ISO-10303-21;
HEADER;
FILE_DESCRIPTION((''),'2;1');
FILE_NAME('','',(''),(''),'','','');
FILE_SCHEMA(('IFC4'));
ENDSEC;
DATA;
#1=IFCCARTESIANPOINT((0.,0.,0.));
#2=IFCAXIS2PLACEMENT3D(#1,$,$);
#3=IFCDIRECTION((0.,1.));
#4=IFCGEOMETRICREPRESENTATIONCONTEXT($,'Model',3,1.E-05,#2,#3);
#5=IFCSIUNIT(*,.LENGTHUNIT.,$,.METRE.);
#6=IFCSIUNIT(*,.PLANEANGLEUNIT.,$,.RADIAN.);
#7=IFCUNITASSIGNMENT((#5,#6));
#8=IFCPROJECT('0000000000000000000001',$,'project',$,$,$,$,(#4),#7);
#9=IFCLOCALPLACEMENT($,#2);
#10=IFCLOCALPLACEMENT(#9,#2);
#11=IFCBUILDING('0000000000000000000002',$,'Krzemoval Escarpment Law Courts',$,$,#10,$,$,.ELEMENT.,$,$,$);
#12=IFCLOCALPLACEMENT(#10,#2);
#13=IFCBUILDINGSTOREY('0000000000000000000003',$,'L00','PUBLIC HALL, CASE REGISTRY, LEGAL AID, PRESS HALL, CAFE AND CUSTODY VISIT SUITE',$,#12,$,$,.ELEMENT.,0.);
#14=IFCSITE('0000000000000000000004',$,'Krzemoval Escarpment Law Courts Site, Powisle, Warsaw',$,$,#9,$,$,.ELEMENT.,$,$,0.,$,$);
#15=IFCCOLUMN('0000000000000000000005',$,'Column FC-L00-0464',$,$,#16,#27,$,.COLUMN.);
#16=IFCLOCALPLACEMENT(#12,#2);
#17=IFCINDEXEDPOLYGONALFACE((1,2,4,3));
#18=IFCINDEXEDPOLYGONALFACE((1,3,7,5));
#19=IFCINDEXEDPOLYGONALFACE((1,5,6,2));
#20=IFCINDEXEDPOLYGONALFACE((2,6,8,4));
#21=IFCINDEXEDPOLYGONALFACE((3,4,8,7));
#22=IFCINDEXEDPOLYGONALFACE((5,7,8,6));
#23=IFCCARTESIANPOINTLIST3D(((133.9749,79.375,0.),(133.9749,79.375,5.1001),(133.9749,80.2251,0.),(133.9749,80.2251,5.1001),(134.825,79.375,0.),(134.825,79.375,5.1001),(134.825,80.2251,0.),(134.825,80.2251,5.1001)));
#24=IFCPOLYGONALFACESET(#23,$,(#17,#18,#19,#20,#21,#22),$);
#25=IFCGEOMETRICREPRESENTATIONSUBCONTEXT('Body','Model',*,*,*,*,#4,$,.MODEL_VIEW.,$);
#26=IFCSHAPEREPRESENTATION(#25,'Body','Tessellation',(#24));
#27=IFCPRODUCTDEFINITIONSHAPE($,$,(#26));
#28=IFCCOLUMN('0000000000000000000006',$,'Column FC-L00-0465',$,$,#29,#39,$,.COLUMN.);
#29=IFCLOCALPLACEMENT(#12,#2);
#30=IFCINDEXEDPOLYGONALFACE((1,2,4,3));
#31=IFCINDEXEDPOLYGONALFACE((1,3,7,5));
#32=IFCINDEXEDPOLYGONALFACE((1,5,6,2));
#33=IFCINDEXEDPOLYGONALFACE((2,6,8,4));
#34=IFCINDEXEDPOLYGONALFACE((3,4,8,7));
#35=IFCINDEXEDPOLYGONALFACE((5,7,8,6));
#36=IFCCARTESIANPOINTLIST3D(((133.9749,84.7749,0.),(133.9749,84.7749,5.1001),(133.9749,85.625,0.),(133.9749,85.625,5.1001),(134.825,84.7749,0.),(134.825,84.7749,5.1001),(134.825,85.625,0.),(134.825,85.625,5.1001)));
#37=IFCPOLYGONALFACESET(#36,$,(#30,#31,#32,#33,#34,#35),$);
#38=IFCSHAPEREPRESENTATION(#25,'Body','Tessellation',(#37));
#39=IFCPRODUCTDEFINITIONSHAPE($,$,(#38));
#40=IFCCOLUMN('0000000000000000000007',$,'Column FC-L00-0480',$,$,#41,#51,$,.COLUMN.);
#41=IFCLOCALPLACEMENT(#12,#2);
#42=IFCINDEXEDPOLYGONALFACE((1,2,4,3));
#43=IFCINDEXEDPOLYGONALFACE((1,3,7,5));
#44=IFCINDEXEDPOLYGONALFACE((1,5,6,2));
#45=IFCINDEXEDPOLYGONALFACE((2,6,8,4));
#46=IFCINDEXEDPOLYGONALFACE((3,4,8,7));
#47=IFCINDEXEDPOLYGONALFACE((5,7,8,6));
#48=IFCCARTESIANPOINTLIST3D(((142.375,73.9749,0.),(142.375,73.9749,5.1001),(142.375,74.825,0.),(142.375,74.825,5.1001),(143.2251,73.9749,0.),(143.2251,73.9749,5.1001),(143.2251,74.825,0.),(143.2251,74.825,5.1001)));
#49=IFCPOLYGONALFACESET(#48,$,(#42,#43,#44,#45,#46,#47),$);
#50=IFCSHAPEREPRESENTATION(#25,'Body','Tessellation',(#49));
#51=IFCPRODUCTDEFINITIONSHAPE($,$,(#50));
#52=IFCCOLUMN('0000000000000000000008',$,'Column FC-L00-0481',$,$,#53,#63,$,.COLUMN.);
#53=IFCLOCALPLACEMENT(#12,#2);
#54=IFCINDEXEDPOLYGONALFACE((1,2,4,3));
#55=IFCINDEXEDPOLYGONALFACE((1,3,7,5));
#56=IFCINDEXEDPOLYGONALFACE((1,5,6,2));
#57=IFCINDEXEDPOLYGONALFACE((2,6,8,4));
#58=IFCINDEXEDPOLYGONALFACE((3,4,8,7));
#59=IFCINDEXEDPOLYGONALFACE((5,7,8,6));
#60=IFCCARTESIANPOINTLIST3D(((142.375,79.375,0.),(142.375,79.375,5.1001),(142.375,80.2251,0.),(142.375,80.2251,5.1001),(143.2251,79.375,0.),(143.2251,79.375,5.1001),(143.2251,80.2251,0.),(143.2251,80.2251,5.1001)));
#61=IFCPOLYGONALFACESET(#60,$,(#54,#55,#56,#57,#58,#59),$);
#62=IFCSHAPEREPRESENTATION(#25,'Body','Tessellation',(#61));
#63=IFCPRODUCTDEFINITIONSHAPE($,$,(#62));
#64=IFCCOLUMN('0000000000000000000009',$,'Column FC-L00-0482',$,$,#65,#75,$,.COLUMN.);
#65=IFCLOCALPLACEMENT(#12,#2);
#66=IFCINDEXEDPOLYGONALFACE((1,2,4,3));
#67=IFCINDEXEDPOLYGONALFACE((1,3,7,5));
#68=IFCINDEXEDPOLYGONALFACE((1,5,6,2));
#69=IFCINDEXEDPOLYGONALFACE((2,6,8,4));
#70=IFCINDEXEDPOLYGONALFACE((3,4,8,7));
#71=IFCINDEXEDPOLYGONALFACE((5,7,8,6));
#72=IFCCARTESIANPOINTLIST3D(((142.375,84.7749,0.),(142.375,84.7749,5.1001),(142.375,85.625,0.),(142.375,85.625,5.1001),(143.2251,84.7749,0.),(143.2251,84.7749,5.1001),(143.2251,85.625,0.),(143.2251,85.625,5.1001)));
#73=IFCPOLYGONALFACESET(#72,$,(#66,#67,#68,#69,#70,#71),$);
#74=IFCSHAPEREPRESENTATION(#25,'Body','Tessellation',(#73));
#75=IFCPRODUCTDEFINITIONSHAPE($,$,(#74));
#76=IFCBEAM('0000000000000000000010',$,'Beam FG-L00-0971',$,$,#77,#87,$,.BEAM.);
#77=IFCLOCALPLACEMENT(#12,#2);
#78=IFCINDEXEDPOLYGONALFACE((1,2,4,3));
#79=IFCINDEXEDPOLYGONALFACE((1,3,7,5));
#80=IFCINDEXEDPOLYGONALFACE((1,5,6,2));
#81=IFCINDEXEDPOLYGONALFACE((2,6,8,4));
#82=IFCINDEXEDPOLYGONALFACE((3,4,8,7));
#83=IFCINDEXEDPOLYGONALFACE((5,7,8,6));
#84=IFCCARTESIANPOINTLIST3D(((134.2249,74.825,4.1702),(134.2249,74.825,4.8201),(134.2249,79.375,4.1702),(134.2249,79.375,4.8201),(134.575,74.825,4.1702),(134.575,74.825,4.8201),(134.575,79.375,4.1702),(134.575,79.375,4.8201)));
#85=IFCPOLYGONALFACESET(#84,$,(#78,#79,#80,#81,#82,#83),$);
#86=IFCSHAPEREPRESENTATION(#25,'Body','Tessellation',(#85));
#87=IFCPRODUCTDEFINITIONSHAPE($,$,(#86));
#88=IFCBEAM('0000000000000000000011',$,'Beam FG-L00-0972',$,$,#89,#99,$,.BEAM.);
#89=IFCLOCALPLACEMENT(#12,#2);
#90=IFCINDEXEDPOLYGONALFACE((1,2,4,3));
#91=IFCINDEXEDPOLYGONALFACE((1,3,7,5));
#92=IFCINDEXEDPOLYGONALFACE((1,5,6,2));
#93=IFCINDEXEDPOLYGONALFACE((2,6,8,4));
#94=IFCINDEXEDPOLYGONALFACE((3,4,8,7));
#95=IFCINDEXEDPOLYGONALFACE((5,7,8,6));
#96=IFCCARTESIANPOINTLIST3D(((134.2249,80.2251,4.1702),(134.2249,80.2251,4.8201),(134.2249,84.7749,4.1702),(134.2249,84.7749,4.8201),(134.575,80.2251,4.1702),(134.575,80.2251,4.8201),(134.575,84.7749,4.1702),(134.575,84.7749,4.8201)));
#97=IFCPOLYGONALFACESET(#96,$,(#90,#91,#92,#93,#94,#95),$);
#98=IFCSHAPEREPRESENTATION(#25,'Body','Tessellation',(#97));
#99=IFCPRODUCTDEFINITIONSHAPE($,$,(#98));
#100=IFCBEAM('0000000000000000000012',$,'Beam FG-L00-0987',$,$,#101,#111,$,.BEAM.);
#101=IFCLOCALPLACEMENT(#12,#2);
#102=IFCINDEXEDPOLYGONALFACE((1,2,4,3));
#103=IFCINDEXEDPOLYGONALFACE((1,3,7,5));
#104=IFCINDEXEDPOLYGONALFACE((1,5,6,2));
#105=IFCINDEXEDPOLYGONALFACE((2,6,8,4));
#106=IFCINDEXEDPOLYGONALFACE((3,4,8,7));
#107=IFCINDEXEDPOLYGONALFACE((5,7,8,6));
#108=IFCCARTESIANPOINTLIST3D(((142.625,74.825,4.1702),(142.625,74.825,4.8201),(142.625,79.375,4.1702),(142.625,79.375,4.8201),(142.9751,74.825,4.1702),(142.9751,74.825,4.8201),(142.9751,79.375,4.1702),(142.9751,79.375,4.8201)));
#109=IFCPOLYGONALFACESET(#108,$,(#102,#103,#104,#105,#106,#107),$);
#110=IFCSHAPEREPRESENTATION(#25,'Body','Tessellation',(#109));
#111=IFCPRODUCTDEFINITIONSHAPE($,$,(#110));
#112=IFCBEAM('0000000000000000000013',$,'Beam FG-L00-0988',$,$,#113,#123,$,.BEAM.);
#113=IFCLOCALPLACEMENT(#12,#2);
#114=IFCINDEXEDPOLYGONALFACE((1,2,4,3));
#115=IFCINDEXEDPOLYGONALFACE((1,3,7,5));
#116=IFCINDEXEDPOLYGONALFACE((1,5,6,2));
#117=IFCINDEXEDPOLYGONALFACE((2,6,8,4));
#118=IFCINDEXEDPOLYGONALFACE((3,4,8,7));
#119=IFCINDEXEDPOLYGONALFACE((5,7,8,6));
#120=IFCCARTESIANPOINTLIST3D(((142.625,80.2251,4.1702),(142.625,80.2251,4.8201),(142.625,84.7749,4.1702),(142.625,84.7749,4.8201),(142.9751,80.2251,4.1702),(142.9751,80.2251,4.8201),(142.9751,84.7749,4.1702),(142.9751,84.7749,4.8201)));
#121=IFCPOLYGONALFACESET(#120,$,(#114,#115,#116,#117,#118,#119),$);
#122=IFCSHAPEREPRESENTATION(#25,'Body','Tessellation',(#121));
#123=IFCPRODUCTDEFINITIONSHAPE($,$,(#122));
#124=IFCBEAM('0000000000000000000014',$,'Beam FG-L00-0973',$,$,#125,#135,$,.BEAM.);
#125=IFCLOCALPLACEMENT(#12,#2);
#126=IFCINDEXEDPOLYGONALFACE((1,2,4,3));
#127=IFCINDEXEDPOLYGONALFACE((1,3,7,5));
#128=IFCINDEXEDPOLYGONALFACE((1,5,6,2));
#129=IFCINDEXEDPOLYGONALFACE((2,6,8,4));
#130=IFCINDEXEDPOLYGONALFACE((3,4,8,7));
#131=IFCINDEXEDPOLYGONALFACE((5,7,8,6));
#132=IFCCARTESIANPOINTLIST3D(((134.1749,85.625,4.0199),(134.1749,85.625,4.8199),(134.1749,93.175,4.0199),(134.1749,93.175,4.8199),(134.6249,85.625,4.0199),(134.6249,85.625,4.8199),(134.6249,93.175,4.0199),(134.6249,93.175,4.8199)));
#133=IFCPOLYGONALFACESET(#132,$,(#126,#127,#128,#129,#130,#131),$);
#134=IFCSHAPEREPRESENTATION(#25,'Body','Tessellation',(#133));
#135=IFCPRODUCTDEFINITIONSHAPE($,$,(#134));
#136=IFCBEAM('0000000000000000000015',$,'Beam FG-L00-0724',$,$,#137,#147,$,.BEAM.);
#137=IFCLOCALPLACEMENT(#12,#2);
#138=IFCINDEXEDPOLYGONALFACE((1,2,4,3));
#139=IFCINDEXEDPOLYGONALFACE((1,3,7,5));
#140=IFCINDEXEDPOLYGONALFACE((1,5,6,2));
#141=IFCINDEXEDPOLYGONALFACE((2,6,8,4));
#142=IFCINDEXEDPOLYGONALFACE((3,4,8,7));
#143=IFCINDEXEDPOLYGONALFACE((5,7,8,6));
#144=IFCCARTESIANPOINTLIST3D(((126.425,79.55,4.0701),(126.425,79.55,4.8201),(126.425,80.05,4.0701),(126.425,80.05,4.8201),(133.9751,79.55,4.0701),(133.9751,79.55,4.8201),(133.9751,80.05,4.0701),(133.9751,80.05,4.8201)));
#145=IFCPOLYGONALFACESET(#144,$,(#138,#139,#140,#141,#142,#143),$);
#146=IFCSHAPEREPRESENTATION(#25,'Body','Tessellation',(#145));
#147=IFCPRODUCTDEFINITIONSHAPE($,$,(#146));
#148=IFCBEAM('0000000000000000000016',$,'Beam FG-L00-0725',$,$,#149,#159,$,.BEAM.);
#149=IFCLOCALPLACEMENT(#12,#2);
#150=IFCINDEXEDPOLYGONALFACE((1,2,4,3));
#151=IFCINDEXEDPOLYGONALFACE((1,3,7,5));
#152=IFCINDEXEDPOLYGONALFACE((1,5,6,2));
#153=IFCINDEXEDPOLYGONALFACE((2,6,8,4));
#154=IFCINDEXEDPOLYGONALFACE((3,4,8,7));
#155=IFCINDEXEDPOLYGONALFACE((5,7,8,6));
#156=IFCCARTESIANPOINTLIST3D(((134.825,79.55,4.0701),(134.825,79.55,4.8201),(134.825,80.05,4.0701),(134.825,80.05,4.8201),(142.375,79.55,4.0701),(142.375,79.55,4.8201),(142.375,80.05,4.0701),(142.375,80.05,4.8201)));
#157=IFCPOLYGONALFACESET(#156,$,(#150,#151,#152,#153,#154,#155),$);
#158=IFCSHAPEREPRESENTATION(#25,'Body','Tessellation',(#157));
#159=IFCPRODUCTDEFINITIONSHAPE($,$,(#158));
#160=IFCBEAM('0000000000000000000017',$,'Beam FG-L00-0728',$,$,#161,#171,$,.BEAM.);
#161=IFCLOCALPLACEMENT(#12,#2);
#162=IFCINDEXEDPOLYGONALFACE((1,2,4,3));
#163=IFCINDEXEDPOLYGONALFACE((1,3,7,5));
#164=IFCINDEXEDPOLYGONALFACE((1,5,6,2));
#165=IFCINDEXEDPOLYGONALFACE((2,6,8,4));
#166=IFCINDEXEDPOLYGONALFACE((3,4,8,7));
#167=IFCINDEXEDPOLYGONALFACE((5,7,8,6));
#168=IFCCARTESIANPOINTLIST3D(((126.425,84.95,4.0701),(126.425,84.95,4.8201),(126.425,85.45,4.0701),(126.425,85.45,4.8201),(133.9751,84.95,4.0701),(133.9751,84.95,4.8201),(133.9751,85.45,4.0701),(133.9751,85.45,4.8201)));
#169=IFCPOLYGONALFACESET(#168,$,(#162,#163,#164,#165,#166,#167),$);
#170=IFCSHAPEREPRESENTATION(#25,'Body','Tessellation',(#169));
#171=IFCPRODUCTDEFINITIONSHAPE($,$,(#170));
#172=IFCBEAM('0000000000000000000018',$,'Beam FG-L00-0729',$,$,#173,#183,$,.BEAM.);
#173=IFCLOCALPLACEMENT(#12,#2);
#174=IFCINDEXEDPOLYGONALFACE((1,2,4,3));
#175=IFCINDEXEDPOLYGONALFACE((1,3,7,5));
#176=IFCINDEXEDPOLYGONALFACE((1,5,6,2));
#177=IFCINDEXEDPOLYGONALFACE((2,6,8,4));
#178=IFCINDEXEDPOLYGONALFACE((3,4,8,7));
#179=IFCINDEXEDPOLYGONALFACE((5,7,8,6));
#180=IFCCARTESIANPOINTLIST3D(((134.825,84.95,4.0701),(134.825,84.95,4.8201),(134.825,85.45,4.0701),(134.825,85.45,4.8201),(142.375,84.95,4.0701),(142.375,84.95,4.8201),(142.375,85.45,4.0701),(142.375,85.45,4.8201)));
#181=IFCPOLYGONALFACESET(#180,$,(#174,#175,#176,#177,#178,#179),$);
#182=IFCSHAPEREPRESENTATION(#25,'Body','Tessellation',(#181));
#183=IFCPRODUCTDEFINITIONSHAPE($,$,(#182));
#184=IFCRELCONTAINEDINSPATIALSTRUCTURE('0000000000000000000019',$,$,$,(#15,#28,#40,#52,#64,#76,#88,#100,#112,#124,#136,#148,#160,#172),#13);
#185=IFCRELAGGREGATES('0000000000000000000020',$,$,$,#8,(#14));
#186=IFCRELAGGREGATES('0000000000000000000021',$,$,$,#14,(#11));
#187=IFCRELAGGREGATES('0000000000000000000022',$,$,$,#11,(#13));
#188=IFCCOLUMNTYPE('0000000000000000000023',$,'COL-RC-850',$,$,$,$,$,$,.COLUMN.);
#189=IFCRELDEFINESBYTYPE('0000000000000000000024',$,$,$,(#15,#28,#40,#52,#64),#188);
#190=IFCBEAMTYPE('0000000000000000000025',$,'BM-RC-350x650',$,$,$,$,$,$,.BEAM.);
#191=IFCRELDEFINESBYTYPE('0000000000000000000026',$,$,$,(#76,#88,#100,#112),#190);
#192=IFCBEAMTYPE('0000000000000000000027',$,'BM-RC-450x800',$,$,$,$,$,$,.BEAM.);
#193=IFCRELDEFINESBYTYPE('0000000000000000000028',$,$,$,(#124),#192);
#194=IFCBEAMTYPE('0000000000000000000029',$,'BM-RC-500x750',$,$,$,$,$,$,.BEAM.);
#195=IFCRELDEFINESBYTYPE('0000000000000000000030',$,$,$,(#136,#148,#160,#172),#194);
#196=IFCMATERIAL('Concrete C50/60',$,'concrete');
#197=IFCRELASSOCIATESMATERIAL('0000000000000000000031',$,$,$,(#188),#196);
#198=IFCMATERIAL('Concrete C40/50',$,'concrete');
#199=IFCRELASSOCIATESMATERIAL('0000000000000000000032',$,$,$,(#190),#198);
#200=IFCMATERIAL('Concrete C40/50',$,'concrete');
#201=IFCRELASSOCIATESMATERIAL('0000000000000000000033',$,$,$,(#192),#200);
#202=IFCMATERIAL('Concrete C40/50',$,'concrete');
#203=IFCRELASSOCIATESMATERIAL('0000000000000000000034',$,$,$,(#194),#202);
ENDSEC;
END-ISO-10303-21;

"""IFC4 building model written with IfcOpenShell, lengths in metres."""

from ifc_helpers import new_model, si_unit, direction, frame, origin, origin_2d, place, context, subcontext, project, spatial, rectangle, extrude, material, material_profile, profile_set, type_object, element, save


model = new_model("IFC4")

# Units and contexts
model_context = context("Model", 3, precision=1e-05, world=origin(), true_north=direction((0.0, 1.0)))
body_context = subcontext(model_context, "Body", "Model", "MODEL_VIEW")
ifc_project = project(units=[si_unit("LENGTHUNIT", "METRE"), si_unit("PLANEANGLEUNIT", "RADIAN")], contexts=[model_context])

# Site, building, storey
site_placement = place(None, origin())
site = spatial("IfcSite", under=ifc_project, at=site_placement, Name="Krzemoval Escarpment Law Courts Site, Powisle, Warsaw", CompositionType="ELEMENT", RefElevation=0.0)
building_placement = place(site_placement, origin())
building = spatial("IfcBuilding", under=site, at=building_placement, Name="Krzemoval Escarpment Law Courts", CompositionType="ELEMENT")
storey_placement = place(building_placement, origin())
storey = spatial("IfcBuildingStorey", under=building, at=storey_placement, Name="L00", Description="PUBLIC HALL, CASE REGISTRY, LEGAL AID, PRESS HALL, CAFE AND CUSTODY VISIT SUITE", CompositionType="ELEMENT", Elevation=0.0)

# Columns
ifc_material_1 = material(Name="Concrete C50/60", Category="concrete")
ifc_material_profile_1 = material_profile(ifc_material_1, rectangle(XDim=0.8501, YDim=0.8501, at=origin_2d()), Name="RC 850x850")
ifc_profile_set_1 = profile_set([ifc_material_profile_1], Name="Concrete C50/60")
column_type = type_object("IfcColumnType", Name="COL-RC-850", PredefinedType="COLUMN", material=ifc_profile_set_1)
for number, where, z_axis, x_axis, name in (
    (1, (134.3999, 79.8, 0.0), (0.0, 0.0, 1.0), (1.0, 0.0, 0.0), "Column FC-L00-0464"),
    (2, (134.3999, 85.2, 0.0), (0.0, 0.0, 1.0), (1.0, 0.0, 0.0), "Column FC-L00-0465"),
    (3, (142.8, 74.3999, 0.0), (0.0, 0.0, 1.0), (1.0, 0.0, 0.0), "Column FC-L00-0480"),
    (4, (142.8, 79.8, 0.0), (0.0, 0.0, 1.0), (1.0, 0.0, 0.0), "Column FC-L00-0481"),
    (5, (142.8, 85.2, 0.0), (0.0, 0.0, 1.0), (1.0, 0.0, 0.0), "Column FC-L00-0482"),
):
    element("IfcColumn", number, at=place(storey_placement, frame(where, z_axis=z_axis, x_axis=x_axis)), inside=storey, type_object=column_type, Name=name, PredefinedType="COLUMN", context=body_context, shape_type="SweptSolid", body=[
        extrude(rectangle(XDim=0.8501, YDim=0.8501, at=origin_2d()), origin(), (0.0, 0.0, 1.0), 5.1001),
    ])

# Beams
ifc_material_2 = material(Name="Concrete C40/50", Category="concrete")
ifc_material_profile_2 = material_profile(ifc_material_2, rectangle(XDim=0.3501, YDim=0.6499, at=origin_2d()), Name="RCB 350x650")
ifc_profile_set_2 = profile_set([ifc_material_profile_2], Name="Concrete C40/50")
beam_type_1 = type_object("IfcBeamType", Name="BM-RC-350x650", PredefinedType="BEAM", material=ifc_profile_set_2)
beam_1_placement = place(storey_placement, frame((134.3999, 74.825, 4.4951), z_axis=(0.0, 1.0, 0.0), x_axis=(-1.0, 0.0, 0.0)))
element("IfcBeam", 6, at=beam_1_placement, inside=storey, type_object=beam_type_1, Name="Beam FG-L00-0971", PredefinedType="BEAM", context=body_context, shape_type="SweptSolid", body=[
    extrude(rectangle(XDim=0.3501, YDim=0.6499, at=origin_2d()), origin(), (0.0, 0.0, 1.0), 4.55),
])
beam_2_placement = place(storey_placement, frame((134.3999, 80.2251, 4.4951), z_axis=(0.0, 1.0, 0.0), x_axis=(-1.0, 0.0, 0.0)))
element("IfcBeam", 7, at=beam_2_placement, inside=storey, type_object=beam_type_1, Name="Beam FG-L00-0972", PredefinedType="BEAM", context=body_context, shape_type="SweptSolid", body=[
    extrude(rectangle(XDim=0.3501, YDim=0.6499, at=origin_2d()), origin(), (0.0, 0.0, 1.0), 4.5498),
])
beam_3_placement = place(storey_placement, frame((142.8, 74.825, 4.4951), z_axis=(0.0, 1.0, 0.0), x_axis=(-1.0, 0.0, 0.0)))
element("IfcBeam", 8, at=beam_3_placement, inside=storey, type_object=beam_type_1, Name="Beam FG-L00-0987", PredefinedType="BEAM", context=body_context, shape_type="SweptSolid", body=[
    extrude(rectangle(XDim=0.3501, YDim=0.6499, at=origin_2d()), origin(), (0.0, 0.0, 1.0), 4.55),
])
beam_4_placement = place(storey_placement, frame((142.8, 80.2251, 4.4951), z_axis=(0.0, 1.0, 0.0), x_axis=(-1.0, 0.0, 0.0)))
element("IfcBeam", 9, at=beam_4_placement, inside=storey, type_object=beam_type_1, Name="Beam FG-L00-0988", PredefinedType="BEAM", context=body_context, shape_type="SweptSolid", body=[
    extrude(rectangle(XDim=0.3501, YDim=0.6499, at=origin_2d()), origin(), (0.0, 0.0, 1.0), 4.5498),
])
ifc_material_3 = material(Name="Concrete C40/50", Category="concrete")
ifc_material_profile_3 = material_profile(ifc_material_3, rectangle(XDim=0.45, YDim=0.8, at=origin_2d()), Name="RCB 450x800")
ifc_profile_set_3 = profile_set([ifc_material_profile_3], Name="Concrete C40/50")
beam_type_2 = type_object("IfcBeamType", Name="BM-RC-450x800", PredefinedType="BEAM", material=ifc_profile_set_3)
beam_5_placement = place(storey_placement, frame((134.3999, 85.625, 4.4199), z_axis=(0.0, 1.0, 0.0), x_axis=(-1.0, 0.0, 0.0)))
element("IfcBeam", 10, at=beam_5_placement, inside=storey, type_object=beam_type_2, Name="Beam FG-L00-0973", PredefinedType="BEAM", context=body_context, shape_type="SweptSolid", body=[
    extrude(rectangle(XDim=0.45, YDim=0.8, at=origin_2d()), origin(), (0.0, 0.0, 1.0), 7.55),
])
ifc_material_4 = material(Name="Concrete C40/50", Category="concrete")
ifc_material_profile_4 = material_profile(ifc_material_4, rectangle(XDim=0.5, YDim=0.75, at=origin_2d()), Name="RCB 500x750")
ifc_profile_set_4 = profile_set([ifc_material_profile_4], Name="Concrete C40/50")
beam_type_3 = type_object("IfcBeamType", Name="BM-RC-500x750", PredefinedType="BEAM", material=ifc_profile_set_4)
for number, where, z_axis, x_axis, name in (
    (11, (126.425, 79.8, 4.4451), (1.0, 0.0, 0.0), (0.0, 1.0, 0.0), "Beam FG-L00-0724"),
    (12, (134.825, 79.8, 4.4451), (1.0, 0.0, 0.0), (0.0, 1.0, 0.0), "Beam FG-L00-0725"),
    (13, (126.425, 85.2, 4.4451), (1.0, 0.0, 0.0), (0.0, 1.0, 0.0), "Beam FG-L00-0728"),
    (14, (134.825, 85.2, 4.4451), (1.0, 0.0, 0.0), (0.0, 1.0, 0.0), "Beam FG-L00-0729"),
):
    element("IfcBeam", number, at=place(storey_placement, frame(where, z_axis=z_axis, x_axis=x_axis)), inside=storey, type_object=beam_type_3, Name=name, PredefinedType="BEAM", context=body_context, shape_type="SweptSolid", body=[
        extrude(rectangle(XDim=0.5, YDim=0.75, at=origin_2d()), origin(), (0.0, 0.0, 1.0), 7.55),
    ])

save(model, "model.ifc")
